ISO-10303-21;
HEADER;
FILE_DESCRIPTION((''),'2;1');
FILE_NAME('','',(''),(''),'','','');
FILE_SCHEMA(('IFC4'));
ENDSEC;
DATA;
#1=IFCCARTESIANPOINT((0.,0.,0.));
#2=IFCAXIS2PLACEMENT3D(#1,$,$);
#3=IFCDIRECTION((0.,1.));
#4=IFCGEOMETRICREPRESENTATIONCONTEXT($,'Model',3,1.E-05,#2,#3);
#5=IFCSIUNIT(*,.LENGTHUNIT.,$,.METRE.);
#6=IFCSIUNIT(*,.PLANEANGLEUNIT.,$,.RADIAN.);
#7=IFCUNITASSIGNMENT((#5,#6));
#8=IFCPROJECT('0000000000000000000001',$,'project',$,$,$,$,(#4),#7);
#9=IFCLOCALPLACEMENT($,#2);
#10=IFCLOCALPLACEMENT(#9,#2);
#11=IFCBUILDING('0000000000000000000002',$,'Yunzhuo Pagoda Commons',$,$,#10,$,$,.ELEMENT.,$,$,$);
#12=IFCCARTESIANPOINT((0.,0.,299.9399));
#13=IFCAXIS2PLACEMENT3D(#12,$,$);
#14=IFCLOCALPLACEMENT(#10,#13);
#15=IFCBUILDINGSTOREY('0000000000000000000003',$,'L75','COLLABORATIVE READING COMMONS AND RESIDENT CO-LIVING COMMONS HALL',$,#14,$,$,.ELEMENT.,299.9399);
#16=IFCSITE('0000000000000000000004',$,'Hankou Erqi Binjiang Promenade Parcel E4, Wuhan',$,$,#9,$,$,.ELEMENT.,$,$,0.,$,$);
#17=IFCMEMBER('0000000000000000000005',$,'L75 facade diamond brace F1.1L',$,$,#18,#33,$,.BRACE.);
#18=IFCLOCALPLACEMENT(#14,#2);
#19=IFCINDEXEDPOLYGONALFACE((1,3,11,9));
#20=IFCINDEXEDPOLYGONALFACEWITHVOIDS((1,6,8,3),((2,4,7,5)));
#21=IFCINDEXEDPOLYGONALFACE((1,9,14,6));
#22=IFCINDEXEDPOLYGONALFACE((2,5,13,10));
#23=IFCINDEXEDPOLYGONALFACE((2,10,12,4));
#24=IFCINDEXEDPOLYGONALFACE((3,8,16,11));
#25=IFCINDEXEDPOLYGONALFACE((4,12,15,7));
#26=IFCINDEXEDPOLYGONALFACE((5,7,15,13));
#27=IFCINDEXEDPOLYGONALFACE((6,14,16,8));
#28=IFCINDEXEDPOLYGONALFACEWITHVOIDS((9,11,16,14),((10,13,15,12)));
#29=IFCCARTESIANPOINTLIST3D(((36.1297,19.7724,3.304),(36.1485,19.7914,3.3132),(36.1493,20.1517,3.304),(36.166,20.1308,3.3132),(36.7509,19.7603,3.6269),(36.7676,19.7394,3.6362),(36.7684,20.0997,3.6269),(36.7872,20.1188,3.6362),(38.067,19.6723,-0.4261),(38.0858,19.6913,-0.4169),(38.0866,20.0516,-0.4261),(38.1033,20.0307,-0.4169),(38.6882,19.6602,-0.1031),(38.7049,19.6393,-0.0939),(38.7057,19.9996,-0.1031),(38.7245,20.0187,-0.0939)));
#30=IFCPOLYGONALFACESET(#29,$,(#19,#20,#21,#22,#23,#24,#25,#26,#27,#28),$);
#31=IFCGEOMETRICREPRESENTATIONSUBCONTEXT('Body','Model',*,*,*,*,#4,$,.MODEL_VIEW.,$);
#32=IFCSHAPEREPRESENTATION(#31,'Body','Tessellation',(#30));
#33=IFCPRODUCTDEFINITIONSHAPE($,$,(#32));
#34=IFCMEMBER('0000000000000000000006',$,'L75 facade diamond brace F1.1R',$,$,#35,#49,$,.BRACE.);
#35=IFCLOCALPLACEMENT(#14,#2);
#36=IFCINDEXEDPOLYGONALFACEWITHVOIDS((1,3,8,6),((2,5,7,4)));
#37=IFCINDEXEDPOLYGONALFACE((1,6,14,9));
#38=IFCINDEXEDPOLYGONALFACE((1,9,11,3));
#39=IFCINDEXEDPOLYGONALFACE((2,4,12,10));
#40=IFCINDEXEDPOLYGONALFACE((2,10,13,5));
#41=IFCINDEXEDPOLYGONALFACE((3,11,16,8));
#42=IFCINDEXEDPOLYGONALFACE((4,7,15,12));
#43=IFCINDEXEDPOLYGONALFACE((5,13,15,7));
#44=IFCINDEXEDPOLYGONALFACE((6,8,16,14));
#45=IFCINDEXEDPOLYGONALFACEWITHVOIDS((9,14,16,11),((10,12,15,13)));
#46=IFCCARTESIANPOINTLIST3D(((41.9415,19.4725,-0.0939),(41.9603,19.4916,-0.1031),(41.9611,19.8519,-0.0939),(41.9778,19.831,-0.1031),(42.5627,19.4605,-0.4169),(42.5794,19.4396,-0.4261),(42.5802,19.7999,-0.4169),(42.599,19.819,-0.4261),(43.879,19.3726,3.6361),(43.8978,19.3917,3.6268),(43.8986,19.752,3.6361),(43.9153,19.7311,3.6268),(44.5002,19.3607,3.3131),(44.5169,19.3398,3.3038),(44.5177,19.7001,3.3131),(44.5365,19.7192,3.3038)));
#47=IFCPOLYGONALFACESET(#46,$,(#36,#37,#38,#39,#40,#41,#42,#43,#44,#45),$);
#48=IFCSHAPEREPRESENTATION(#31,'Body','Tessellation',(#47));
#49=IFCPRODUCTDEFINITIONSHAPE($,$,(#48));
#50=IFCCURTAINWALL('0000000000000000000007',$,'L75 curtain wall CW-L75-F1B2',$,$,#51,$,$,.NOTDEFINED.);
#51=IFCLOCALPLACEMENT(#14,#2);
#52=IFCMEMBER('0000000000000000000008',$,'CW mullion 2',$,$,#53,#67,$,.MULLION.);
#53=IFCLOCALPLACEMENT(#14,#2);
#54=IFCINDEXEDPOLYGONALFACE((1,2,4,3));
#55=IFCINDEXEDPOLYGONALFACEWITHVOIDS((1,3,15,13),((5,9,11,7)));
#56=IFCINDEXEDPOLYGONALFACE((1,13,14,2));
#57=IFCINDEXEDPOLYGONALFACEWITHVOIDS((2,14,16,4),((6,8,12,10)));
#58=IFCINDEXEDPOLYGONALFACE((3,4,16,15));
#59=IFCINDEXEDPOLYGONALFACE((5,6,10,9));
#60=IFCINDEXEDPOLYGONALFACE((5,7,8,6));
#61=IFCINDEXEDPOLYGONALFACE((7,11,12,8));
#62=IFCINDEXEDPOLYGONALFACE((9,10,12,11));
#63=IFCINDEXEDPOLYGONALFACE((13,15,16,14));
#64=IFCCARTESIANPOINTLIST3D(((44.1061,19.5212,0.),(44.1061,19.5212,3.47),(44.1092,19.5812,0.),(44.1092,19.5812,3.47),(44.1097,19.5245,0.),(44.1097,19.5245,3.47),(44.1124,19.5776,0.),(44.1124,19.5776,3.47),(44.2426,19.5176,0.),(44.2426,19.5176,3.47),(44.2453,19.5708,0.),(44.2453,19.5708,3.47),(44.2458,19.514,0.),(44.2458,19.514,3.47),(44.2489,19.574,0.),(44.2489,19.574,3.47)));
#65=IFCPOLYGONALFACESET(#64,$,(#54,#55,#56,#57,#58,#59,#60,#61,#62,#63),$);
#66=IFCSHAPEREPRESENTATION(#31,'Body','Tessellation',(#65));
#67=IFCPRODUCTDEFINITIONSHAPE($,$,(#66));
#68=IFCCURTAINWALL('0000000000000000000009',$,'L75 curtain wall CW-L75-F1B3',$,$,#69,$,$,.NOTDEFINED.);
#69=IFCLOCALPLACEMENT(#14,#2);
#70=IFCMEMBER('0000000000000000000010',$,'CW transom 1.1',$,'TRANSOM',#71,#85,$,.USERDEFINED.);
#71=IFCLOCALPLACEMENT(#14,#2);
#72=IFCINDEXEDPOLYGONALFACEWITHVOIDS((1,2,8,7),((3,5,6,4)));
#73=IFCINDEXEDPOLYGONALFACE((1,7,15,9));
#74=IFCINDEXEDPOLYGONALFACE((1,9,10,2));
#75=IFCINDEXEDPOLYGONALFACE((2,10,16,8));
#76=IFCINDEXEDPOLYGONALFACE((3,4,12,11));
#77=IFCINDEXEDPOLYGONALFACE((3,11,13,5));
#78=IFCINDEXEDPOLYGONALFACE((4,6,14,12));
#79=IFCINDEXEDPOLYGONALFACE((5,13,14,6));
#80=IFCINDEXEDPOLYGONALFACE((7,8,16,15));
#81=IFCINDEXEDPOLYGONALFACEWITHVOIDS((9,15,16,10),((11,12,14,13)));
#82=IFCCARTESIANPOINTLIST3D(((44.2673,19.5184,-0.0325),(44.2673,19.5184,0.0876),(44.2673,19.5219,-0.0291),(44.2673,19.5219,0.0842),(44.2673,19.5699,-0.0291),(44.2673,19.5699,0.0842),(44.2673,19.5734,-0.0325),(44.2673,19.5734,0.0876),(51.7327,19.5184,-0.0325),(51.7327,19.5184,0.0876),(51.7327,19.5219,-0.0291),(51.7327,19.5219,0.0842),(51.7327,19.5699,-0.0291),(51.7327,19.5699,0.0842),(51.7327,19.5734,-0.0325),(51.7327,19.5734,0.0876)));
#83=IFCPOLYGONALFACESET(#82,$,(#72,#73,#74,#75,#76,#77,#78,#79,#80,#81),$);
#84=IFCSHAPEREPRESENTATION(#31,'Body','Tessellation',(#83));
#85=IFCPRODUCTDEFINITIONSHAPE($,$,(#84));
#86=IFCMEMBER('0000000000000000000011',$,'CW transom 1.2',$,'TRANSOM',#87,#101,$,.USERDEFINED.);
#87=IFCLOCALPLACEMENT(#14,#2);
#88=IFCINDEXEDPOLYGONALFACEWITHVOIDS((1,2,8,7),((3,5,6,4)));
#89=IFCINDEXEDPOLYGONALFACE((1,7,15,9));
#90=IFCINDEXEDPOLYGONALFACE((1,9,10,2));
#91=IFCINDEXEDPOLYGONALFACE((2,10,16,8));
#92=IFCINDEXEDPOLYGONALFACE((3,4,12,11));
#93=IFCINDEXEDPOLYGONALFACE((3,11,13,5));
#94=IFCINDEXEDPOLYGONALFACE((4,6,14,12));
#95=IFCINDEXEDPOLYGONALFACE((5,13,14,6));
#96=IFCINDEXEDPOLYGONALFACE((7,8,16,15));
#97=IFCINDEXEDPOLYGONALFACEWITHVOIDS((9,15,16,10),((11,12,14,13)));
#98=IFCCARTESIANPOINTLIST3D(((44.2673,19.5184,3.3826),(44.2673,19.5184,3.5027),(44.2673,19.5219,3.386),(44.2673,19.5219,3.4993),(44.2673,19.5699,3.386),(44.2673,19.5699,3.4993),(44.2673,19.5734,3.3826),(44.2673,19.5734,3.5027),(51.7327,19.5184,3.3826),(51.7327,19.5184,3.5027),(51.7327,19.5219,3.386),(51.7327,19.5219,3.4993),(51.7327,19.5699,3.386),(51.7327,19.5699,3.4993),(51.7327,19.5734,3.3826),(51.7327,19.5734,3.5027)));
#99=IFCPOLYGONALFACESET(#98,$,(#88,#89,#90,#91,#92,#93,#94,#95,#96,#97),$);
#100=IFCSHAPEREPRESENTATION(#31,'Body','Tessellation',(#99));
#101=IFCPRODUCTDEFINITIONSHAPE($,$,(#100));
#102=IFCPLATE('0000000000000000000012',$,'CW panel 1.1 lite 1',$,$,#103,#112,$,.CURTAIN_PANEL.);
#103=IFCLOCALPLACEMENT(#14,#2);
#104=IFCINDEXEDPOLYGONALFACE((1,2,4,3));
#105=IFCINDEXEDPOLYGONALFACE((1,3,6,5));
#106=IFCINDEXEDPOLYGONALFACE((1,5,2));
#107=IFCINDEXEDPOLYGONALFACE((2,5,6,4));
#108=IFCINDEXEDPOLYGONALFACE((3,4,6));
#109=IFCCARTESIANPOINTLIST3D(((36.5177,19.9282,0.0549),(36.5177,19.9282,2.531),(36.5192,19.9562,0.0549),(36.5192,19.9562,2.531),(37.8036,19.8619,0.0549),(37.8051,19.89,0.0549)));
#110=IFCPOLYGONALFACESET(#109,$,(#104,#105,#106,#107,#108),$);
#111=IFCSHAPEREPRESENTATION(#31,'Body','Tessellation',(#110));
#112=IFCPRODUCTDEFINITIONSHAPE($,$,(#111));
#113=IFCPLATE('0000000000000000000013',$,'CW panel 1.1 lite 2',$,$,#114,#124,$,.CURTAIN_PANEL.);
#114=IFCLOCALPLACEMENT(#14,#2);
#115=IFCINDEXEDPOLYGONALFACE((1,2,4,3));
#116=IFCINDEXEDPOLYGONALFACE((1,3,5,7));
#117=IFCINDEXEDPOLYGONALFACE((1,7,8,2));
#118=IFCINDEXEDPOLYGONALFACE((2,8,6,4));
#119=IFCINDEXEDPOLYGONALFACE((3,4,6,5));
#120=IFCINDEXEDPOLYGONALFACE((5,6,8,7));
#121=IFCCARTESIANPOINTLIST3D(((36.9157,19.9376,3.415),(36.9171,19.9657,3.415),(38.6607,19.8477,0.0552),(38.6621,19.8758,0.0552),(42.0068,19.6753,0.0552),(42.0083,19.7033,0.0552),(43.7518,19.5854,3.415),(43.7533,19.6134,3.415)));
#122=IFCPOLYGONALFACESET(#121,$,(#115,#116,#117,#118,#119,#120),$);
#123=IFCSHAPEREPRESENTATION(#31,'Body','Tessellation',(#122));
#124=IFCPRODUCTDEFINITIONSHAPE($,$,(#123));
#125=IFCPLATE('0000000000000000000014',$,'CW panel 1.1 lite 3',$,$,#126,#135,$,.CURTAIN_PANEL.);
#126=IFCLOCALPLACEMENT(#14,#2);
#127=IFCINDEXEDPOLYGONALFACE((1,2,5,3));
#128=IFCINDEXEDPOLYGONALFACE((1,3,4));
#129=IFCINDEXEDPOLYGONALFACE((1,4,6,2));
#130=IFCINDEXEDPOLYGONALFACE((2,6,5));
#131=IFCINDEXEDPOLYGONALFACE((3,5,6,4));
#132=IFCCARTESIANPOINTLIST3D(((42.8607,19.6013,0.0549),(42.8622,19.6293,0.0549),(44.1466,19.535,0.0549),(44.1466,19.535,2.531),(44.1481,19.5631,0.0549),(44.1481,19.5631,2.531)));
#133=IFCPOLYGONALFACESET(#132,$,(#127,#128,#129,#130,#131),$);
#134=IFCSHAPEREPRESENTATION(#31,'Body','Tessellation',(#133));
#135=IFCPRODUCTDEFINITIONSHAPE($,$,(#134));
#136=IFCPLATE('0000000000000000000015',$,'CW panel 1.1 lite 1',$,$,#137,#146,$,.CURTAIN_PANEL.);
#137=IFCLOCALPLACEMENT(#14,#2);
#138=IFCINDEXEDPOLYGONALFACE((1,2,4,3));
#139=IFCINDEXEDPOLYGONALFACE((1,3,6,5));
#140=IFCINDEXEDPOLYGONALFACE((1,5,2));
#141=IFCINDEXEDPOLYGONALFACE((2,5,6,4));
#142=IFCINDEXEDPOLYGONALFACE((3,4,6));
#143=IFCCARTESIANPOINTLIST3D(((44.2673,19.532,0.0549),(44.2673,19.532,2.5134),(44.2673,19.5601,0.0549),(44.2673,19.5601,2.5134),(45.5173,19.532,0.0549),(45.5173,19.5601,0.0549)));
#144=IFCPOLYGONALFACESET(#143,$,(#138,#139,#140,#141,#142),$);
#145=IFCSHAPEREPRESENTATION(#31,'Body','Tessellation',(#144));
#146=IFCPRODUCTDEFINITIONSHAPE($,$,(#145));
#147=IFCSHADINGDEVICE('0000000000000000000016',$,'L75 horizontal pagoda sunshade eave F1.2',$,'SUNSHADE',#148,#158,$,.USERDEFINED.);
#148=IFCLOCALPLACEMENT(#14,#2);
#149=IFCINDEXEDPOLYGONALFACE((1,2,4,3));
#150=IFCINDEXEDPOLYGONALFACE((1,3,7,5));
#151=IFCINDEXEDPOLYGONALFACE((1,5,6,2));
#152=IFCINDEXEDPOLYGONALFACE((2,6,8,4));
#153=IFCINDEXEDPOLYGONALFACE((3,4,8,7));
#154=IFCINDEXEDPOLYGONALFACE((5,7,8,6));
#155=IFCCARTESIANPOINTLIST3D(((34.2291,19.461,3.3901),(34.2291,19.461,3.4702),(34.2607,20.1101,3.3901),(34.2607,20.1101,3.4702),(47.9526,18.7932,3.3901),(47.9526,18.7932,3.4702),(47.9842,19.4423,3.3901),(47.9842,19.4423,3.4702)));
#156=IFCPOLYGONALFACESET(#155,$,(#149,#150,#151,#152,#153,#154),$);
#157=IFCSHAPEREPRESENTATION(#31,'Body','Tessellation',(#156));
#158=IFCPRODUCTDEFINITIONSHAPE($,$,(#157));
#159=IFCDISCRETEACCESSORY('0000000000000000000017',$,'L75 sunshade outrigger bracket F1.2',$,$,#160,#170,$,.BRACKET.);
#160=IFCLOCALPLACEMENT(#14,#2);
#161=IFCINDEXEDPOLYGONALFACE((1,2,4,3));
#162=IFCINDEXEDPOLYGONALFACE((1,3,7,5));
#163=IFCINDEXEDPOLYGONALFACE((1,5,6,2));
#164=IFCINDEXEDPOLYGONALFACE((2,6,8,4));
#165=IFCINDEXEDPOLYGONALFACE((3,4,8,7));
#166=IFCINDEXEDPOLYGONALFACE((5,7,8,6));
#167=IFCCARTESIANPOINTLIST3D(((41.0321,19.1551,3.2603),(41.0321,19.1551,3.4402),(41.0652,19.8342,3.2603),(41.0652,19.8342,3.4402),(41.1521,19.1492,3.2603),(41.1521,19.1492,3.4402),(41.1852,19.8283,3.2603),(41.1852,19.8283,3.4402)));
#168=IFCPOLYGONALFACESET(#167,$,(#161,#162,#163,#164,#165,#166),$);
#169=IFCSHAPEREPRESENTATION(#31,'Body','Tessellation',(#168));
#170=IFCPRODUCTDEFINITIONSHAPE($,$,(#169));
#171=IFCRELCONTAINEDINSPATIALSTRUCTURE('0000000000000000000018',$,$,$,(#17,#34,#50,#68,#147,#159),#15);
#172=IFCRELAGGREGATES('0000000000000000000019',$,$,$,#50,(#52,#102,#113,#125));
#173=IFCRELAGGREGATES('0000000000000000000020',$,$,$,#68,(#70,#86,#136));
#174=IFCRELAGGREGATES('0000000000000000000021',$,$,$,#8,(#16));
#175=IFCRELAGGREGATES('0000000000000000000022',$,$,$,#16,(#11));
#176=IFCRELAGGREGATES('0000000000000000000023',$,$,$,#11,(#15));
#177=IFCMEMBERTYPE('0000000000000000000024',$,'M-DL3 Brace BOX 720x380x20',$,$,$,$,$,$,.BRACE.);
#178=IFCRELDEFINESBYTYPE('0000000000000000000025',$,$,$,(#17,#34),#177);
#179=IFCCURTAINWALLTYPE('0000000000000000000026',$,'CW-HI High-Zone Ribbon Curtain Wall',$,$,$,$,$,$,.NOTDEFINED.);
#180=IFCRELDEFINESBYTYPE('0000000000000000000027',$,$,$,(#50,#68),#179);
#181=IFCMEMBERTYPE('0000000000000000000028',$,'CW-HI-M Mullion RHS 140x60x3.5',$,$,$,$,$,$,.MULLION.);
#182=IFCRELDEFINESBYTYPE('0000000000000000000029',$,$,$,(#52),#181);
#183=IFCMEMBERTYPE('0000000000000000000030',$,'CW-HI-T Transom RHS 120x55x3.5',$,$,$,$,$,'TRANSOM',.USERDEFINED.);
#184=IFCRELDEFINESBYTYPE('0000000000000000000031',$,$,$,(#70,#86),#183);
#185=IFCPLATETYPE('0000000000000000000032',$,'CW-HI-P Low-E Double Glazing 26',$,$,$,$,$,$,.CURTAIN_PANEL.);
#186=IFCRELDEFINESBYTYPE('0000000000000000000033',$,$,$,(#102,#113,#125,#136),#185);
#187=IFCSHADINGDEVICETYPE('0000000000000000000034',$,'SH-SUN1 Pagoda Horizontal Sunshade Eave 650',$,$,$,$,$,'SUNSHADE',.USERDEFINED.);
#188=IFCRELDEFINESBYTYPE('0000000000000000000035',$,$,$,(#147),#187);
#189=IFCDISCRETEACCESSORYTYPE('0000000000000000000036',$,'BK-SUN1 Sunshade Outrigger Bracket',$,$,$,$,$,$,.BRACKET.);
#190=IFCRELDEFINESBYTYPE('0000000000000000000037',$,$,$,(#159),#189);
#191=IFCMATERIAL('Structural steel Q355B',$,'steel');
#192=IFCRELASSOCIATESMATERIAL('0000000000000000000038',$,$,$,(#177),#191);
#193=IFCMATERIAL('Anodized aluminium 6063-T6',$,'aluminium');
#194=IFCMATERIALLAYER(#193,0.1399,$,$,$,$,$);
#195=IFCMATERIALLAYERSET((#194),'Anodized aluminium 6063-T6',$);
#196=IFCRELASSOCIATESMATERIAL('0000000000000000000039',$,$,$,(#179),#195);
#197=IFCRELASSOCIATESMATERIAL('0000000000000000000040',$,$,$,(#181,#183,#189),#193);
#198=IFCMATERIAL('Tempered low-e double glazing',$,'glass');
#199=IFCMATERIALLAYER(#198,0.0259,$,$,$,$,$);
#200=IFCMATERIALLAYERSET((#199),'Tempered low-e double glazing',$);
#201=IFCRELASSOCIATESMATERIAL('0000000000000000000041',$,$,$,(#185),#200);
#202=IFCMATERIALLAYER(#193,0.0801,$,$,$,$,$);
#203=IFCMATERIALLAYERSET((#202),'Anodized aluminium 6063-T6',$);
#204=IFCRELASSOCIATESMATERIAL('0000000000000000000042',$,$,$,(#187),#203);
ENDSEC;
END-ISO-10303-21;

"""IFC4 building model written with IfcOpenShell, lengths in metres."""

from ifc_helpers import new_model, si_unit, direction, frame, origin, origin_2d, place, context, subcontext, project, spatial, polyline, rectangle, hollow_rectangle, outline, extrude, source, transform, mapped, material, layer, layer_set, material_profile, profile_set, type_object, element, aggregate, save


model = new_model("IFC4")

# Units and contexts
model_context = context("Model", 3, precision=1e-05, world=origin(), true_north=direction((0.0, 1.0)))
body_context = subcontext(model_context, "Body", "Model", "MODEL_VIEW")
ifc_project = project(units=[si_unit("LENGTHUNIT", "METRE"), si_unit("PLANEANGLEUNIT", "RADIAN")], contexts=[model_context])

# Site, building, storey
site_placement = place(None, origin())
site = spatial("IfcSite", under=ifc_project, at=site_placement, Name="Hankou Erqi Binjiang Promenade Parcel E4, Wuhan", CompositionType="ELEMENT", RefElevation=0.0)
building_placement = place(site_placement, origin())
building = spatial("IfcBuilding", under=site, at=building_placement, Name="Yunzhuo Pagoda Commons", CompositionType="ELEMENT")
storey_placement = place(building_placement, frame((0.0, 0.0, 299.9399)))
storey = spatial("IfcBuildingStorey", under=building, at=storey_placement, Name="L75", Description="COLLABORATIVE READING COMMONS AND RESIDENT CO-LIVING COMMONS HALL", CompositionType="ELEMENT", Elevation=299.9399)

# Shared definitions
ifc_material_1 = material(Name="Structural steel Q355B", Category="steel")

# Members
ifc_material_profile_1 = material_profile(ifc_material_1, hollow_rectangle(XDim=0.3799, YDim=0.72, WallThickness=0.02, at=origin_2d()), Name="Structural steel Q355B")
ifc_profile_set_1 = profile_set([ifc_material_profile_1], Name="Structural steel Q355B")
member_type_1 = type_object("IfcMemberType", Name="M-DL3 Brace BOX 720x380x20", PredefinedType="BRACE", material=ifc_profile_set_1)
shared_shape_1 = source(origin(), body_context, "Body", "SweptSolid", [
    extrude(hollow_rectangle(XDim=0.3799, YDim=0.72, WallThickness=0.02, at=origin_2d()), origin(), (0.0, 0.0, 1.0), 4.2043),
])
for number, where, z_axis, x_axis, name in (
    (1, (38.3958, 19.8455, -0.26), (-0.460785, 0.023809, 0.887192), (-0.051601, -0.998668, 0.0), "L75 facade diamond brace F1.1L"),
    (2, (42.2703, 19.6458, -0.26), (0.460831, -0.02375, 0.88717), (0.051469, 0.998675, 0.0), "L75 facade diamond brace F1.1R"),
):
    element("IfcMember", number, at=place(storey_placement, frame(where, z_axis=z_axis, x_axis=x_axis)), inside=storey, type_object=member_type_1, Name=name, PredefinedType="BRACE", context=body_context, shape_type="MappedRepresentation", body=[
        mapped(shared_shape_1, transform((0.0, 0.0, 0.0), scale=1.0)),
    ])

# Curtain wall, member
ifc_material_2 = material(Name="Anodized aluminium 6063-T6", Category="aluminium")
ifc_layer_1 = layer(ifc_material_2, 0.1399)
ifc_layer_set_1 = layer_set([ifc_layer_1], Name="Anodized aluminium 6063-T6")
curtain_wall_type = type_object("IfcCurtainWallType", Name="CW-HI High-Zone Ribbon Curtain Wall", PredefinedType="NOTDEFINED", material=ifc_layer_set_1)
curtain_wall_1_placement = place(storey_placement, origin())
curtain_wall_1 = element("IfcCurtainWall", 3, at=curtain_wall_1_placement, inside=storey, type_object=curtain_wall_type, Name="L75 curtain wall CW-L75-F1B2", PredefinedType="NOTDEFINED")
ifc_material_profile_2 = material_profile(ifc_material_2, hollow_rectangle(XDim=0.0601, YDim=0.1399, WallThickness=0.0034, at=origin_2d()), Name="Anodized aluminium 6063-T6")
ifc_profile_set_2 = profile_set([ifc_material_profile_2], Name="Anodized aluminium 6063-T6")
member_type_2 = type_object("IfcMemberType", Name="CW-HI-M Mullion RHS 140x60x3.5", PredefinedType="MULLION", material=ifc_profile_set_2)
shared_shape_2 = source(origin(), body_context, "Body", "SweptSolid", [
    extrude(hollow_rectangle(XDim=0.0601, YDim=0.1399, WallThickness=0.0034, at=origin_2d()), origin(), (0.0, 0.0, 1.0), 3.47),
])
member_1_placement = place(storey_placement, frame((44.1775, 19.5476, 0.0), z_axis=(0.0, 0.0, 1.0), x_axis=(0.051462, 0.998675, 0.0)))
member_1 = element("IfcMember", 4, at=member_1_placement, type_object=member_type_2, Name="CW mullion 2", PredefinedType="MULLION", context=body_context, shape_type="MappedRepresentation", body=[
    mapped(shared_shape_2, transform((0.0, 0.0, 0.0), scale=1.0)),
])

# Curtain wall, members
curtain_wall_2_placement = place(storey_placement, origin())
curtain_wall_2 = element("IfcCurtainWall", 5, at=curtain_wall_2_placement, inside=storey, type_object=curtain_wall_type, Name="L75 curtain wall CW-L75-F1B3", PredefinedType="NOTDEFINED")
ifc_material_profile_3 = material_profile(ifc_material_2, hollow_rectangle(XDim=0.0549, YDim=0.1201, WallThickness=0.0034, at=origin_2d()), Name="Anodized aluminium 6063-T6")
ifc_profile_set_3 = profile_set([ifc_material_profile_3], Name="Anodized aluminium 6063-T6")
member_type_3 = type_object("IfcMemberType", Name="CW-HI-T Transom RHS 120x55x3.5", ElementType="TRANSOM", PredefinedType="USERDEFINED", material=ifc_profile_set_3)
shared_shape_3 = source(origin(), body_context, "Body", "SweptSolid", [
    extrude(hollow_rectangle(XDim=0.0549, YDim=0.1201, WallThickness=0.0034, at=origin_2d()), origin(), (0.0, 0.0, 1.0), 7.4653),
])
member_2_placement = place(storey_placement, frame((44.2673, 19.5459, 0.0276), z_axis=(1.0, 0.0, 0.0), x_axis=(0.0, 1.0, 0.0)))
member_2 = element("IfcMember", 6, at=member_2_placement, type_object=member_type_3, Name="CW transom 1.1", ObjectType="TRANSOM", PredefinedType="USERDEFINED", context=body_context, shape_type="MappedRepresentation", body=[
    mapped(shared_shape_3, transform((0.0, 0.0, 0.0), scale=1.0)),
])
member_3_placement = place(storey_placement, frame((44.2673, 19.5459, 3.4426), z_axis=(1.0, 0.0, 0.0), x_axis=(0.0, 1.0, 0.0)))
member_3 = element("IfcMember", 7, at=member_3_placement, type_object=member_type_3, Name="CW transom 1.2", ObjectType="TRANSOM", PredefinedType="USERDEFINED", context=body_context, shape_type="MappedRepresentation", body=[
    mapped(shared_shape_3, transform((0.0, 0.0, 0.0), scale=1.0)),
])

# Plates
ifc_material_3 = material(Name="Tempered low-e double glazing", Category="glass")
ifc_layer_2 = layer(ifc_material_3, 0.0259)
ifc_layer_set_2 = layer_set([ifc_layer_2], Name="Tempered low-e double glazing")
plate_type = type_object("IfcPlateType", Name="CW-HI-P Low-E Double Glazing 26", PredefinedType="CURTAIN_PANEL", material=ifc_layer_set_2)
plate_1_placement = place(storey_placement, frame((37.1621, 19.9231, 1.293), z_axis=(-0.051462, -0.998675, 0.0), x_axis=(0.998675, -0.051462, 0.0)))
plate_1 = element("IfcPlate", 8, at=plate_1_placement, type_object=plate_type, Name="CW panel 1.1 lite 1", PredefinedType="CURTAIN_PANEL", context=body_context, shape_type="SweptSolid", body=[
    extrude(outline(polyline([(-0.6438, -1.238), (0.6438, -1.238), (-0.6438, 1.238), (-0.6438, -1.238)])), origin(), (0.0, 0.0, 1.0), 0.0281),
])
plate_2_placement = place(storey_placement, frame((40.3352, 19.7896, 1.7351), z_axis=(-0.051462, -0.998675, 0.0), x_axis=(0.998675, -0.051462, 0.0)))
plate_2 = element("IfcPlate", 9, at=plate_2_placement, type_object=plate_type, Name="CW panel 1.1 lite 2", PredefinedType="CURTAIN_PANEL", context=body_context, shape_type="SweptSolid", body=[
    extrude(outline(polyline([(-3.4226, 1.6799), (-1.6753, -1.6799), (1.6753, -1.6799), (3.4226, 1.6799), (-3.4226, 1.6799)])), origin(), (0.0, 0.0, 1.0), 0.0281),
])
plate_3_placement = place(storey_placement, frame((43.5051, 19.5962, 1.293), z_axis=(-0.051462, -0.998675, 0.0), x_axis=(0.998675, -0.051462, 0.0)))
plate_3 = element("IfcPlate", 10, at=plate_3_placement, type_object=plate_type, Name="CW panel 1.1 lite 3", PredefinedType="CURTAIN_PANEL", context=body_context, shape_type="SweptSolid", body=[
    extrude(outline(polyline([(-0.6438, -1.238), (0.6438, -1.238), (0.6438, 1.238), (-0.6438, -1.238)])), origin(), (0.0, 0.0, 1.0), 0.0281),
])
aggregate(curtain_wall_1, [member_1, plate_1, plate_2, plate_3])
plate_4_placement = place(storey_placement, frame((44.8923, 19.5601, 1.2842), z_axis=(0.0, -1.0, 0.0), x_axis=(1.0, 0.0, 0.0)))
plate_4 = element("IfcPlate", 11, at=plate_4_placement, type_object=plate_type, Name="CW panel 1.1 lite 1", PredefinedType="CURTAIN_PANEL", context=body_context, shape_type="SweptSolid", body=[
    extrude(outline(polyline([(-0.625, -1.2292), (0.625, -1.2292), (-0.625, 1.2292), (-0.625, -1.2292)])), origin(), (0.0, 0.0, 1.0), 0.0281),
])
aggregate(curtain_wall_2, [member_2, member_3, plate_4])

# Shading device
ifc_layer_3 = layer(ifc_material_2, 0.0801)
ifc_layer_set_3 = layer_set([ifc_layer_3], Name="Anodized aluminium 6063-T6")
shading_device_type = type_object("IfcShadingDeviceType", Name="SH-SUN1 Pagoda Horizontal Sunshade Eave 650", ElementType="SUNSHADE", PredefinedType="USERDEFINED", material=ifc_layer_set_3)
shared_shape_4 = source(origin(), body_context, "Body", "SweptSolid", [
    extrude(rectangle(XDim=13.7397, YDim=0.6499, at=origin_2d()), origin(), (0.0, 0.0, 1.0), 0.0801),
])
shading_device_placement = place(storey_placement, frame((41.1067, 19.4517, 3.3901), z_axis=(0.0, 0.0, 1.0), x_axis=(0.998818, -0.048606, 0.0)))
element("IfcShadingDevice", 12, at=shading_device_placement, inside=storey, type_object=shading_device_type, Name="L75 horizontal pagoda sunshade eave F1.2", ObjectType="SUNSHADE", PredefinedType="USERDEFINED", context=body_context, shape_type="MappedRepresentation", body=[
    mapped(shared_shape_4, transform((0.0, 0.0, 0.0), scale=1.0)),
])

# Discrete accessory
discrete_accessory_type = type_object("IfcDiscreteAccessoryType", Name="BK-SUN1 Sunshade Outrigger Bracket", PredefinedType="BRACKET", material=ifc_material_2)
shared_shape_5 = source(origin(), body_context, "Body", "SweptSolid", [
    extrude(rectangle(XDim=0.1201, YDim=0.6799, at=origin_2d()), origin(), (0.0, 0.0, 1.0), 0.1799),
])
discrete_accessory_placement = place(storey_placement, frame((41.1086, 19.4917, 3.2603), z_axis=(0.0, 0.0, 1.0), x_axis=(0.998818, -0.048606, 0.0)))
element("IfcDiscreteAccessory", 13, at=discrete_accessory_placement, inside=storey, type_object=discrete_accessory_type, Name="L75 sunshade outrigger bracket F1.2", PredefinedType="BRACKET", context=body_context, shape_type="MappedRepresentation", body=[
    mapped(shared_shape_5, transform((0.0, 0.0, 0.0), scale=1.0)),
])

save(model, "model.ifc")
